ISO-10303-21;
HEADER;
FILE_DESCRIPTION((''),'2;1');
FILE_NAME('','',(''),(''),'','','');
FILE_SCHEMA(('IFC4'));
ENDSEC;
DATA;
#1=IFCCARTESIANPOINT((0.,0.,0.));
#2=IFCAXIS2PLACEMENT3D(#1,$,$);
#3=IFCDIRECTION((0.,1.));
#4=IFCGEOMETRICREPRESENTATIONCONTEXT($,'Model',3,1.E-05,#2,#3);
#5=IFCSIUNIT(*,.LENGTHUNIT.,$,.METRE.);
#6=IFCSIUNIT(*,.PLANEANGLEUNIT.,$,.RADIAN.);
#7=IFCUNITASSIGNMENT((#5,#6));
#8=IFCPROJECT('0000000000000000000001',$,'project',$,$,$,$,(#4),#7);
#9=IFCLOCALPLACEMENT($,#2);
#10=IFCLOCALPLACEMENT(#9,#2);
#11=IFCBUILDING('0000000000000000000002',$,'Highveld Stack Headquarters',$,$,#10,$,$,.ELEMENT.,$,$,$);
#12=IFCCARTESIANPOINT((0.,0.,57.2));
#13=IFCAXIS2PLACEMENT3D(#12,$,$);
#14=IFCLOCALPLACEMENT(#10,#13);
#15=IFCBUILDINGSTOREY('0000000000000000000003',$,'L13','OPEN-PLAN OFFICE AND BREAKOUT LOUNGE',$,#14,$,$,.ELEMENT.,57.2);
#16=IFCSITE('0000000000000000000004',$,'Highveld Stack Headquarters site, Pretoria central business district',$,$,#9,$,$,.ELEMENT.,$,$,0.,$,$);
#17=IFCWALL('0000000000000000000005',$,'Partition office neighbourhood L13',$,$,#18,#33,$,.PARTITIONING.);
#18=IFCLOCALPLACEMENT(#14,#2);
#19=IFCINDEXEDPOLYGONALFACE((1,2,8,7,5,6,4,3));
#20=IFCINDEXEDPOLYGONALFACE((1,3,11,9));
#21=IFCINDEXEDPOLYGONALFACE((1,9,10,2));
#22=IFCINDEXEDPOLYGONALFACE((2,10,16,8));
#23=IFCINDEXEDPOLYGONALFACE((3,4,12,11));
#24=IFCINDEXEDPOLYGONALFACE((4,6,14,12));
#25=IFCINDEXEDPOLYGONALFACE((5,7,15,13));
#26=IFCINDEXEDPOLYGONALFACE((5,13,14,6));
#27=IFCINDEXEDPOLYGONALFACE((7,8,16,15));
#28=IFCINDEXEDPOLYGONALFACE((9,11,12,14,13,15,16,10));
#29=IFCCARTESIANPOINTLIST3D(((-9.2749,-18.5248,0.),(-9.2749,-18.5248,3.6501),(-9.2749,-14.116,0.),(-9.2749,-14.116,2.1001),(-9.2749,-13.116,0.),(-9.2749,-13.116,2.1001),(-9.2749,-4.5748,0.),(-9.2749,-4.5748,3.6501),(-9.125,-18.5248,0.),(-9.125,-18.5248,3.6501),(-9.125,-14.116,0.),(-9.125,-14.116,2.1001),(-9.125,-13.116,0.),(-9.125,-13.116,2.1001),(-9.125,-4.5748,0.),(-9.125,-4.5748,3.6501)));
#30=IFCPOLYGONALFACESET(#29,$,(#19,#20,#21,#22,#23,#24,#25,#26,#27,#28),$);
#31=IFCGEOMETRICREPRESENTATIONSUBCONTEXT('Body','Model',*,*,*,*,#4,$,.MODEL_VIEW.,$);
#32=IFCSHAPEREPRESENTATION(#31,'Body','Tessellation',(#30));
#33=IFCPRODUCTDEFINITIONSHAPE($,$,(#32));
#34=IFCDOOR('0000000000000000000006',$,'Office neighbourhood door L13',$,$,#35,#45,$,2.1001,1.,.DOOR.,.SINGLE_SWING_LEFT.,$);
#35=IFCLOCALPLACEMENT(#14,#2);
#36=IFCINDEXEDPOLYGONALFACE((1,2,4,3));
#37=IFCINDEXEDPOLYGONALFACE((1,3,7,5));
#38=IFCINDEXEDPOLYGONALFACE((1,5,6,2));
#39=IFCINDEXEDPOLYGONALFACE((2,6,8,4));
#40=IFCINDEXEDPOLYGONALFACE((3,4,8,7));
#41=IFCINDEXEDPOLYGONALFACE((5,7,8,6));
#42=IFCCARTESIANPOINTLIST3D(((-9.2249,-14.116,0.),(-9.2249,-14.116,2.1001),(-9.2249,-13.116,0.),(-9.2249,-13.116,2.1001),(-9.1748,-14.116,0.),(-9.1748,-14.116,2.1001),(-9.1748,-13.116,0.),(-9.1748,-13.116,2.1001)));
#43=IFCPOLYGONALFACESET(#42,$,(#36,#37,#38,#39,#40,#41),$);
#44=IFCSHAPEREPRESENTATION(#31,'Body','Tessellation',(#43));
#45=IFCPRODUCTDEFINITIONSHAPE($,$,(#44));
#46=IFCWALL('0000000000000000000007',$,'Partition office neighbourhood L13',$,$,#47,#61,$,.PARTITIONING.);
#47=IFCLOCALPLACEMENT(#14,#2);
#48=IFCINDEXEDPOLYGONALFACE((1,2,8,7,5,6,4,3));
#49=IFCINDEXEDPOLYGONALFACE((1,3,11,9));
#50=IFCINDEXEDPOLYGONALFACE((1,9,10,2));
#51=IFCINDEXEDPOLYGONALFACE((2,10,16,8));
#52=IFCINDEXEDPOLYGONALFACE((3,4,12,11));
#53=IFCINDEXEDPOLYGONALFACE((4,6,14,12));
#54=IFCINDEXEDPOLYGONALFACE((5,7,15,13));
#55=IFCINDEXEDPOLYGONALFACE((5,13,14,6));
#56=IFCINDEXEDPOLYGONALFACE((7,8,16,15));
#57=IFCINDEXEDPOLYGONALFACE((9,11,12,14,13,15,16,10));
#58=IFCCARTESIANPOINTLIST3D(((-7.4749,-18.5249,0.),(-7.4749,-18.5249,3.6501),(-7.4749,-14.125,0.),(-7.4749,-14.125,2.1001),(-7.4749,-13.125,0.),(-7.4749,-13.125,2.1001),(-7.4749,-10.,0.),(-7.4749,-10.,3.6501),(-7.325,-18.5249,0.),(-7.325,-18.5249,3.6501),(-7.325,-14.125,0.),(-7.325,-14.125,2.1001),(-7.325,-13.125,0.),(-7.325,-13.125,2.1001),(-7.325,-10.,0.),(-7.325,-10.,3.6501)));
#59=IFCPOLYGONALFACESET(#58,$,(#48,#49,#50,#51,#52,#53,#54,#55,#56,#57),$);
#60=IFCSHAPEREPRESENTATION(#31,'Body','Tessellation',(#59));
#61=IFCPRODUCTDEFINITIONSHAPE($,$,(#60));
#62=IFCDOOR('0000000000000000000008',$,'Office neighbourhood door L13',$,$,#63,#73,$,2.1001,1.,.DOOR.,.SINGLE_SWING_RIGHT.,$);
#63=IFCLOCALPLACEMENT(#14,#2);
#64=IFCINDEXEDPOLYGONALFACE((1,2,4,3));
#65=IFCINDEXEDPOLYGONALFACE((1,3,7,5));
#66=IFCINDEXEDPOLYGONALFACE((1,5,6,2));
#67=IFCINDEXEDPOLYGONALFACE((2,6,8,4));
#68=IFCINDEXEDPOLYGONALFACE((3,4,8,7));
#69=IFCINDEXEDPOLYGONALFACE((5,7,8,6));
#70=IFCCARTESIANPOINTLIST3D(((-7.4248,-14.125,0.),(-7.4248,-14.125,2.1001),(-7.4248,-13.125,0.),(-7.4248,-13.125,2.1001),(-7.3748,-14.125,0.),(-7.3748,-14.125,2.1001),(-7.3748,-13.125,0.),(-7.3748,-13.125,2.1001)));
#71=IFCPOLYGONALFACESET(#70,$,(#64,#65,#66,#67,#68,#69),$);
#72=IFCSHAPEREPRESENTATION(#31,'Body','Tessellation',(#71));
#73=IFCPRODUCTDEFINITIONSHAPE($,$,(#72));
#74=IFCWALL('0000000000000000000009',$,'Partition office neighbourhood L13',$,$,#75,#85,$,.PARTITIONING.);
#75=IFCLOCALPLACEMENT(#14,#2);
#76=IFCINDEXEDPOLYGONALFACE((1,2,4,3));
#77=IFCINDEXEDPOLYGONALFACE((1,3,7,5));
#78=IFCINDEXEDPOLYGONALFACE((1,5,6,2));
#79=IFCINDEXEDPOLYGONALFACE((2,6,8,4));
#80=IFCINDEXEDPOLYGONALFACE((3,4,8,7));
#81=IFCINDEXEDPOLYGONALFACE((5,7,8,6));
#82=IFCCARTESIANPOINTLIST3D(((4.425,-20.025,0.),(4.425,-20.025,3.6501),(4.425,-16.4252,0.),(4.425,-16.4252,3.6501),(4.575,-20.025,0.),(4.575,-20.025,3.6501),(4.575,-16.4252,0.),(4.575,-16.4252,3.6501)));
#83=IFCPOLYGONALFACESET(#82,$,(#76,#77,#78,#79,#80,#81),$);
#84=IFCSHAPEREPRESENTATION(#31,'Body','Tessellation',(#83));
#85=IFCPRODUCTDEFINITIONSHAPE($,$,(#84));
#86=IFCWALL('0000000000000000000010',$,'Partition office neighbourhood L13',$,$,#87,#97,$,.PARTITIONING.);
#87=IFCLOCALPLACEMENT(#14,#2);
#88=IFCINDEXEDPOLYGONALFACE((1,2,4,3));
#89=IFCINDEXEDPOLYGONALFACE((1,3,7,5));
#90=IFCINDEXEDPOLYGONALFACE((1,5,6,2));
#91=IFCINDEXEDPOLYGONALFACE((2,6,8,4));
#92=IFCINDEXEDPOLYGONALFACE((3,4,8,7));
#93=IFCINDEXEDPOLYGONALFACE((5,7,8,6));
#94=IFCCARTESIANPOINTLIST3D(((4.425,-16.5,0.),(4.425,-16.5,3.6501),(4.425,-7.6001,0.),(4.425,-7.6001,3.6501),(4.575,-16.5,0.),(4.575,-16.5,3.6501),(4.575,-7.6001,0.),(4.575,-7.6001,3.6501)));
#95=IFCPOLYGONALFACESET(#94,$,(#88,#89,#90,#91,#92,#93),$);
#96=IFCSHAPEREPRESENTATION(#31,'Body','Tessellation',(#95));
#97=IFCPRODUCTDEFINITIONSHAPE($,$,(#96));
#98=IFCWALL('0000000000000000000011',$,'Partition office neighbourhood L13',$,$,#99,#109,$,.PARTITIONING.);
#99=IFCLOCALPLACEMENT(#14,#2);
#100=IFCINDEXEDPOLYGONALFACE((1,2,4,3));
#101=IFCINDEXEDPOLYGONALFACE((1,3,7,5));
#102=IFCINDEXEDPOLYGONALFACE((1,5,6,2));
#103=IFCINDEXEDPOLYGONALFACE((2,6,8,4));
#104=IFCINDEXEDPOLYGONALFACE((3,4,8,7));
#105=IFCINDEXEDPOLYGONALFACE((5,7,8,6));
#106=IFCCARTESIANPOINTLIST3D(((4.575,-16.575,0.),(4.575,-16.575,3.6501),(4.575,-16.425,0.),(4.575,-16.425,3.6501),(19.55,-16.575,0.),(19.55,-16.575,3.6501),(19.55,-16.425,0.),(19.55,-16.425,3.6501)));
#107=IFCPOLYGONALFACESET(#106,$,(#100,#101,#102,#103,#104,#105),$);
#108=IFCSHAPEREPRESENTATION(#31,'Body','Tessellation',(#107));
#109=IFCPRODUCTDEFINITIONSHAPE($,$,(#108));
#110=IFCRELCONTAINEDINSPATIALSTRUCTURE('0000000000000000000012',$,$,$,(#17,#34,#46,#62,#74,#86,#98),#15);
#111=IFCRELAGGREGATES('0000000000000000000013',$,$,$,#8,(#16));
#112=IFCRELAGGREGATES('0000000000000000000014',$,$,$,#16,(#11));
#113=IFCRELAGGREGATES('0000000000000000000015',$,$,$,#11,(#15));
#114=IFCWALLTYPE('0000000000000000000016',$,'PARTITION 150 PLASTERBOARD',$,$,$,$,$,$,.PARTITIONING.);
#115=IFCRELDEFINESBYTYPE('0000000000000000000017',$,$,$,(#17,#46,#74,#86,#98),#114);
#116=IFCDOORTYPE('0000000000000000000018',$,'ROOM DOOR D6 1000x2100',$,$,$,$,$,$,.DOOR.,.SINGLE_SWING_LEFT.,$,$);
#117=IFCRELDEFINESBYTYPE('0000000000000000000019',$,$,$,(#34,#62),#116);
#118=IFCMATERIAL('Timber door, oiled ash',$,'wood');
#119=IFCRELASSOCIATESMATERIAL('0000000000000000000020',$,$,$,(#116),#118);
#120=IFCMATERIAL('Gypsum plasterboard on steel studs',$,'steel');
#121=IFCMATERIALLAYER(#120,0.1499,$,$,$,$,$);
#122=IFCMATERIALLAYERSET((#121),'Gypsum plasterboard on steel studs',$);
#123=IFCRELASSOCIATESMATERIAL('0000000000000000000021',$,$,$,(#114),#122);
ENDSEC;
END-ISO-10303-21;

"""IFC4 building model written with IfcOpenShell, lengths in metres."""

from ifc_helpers import new_model, si_unit, direction, frame, frame_2d, origin, place, context, subcontext, project, spatial, rectangle, extrude, material, layer, layer_set, type_object, element, fill, save


model = new_model("IFC4")

# Units and contexts
model_context = context("Model", 3, precision=1e-05, world=origin(), true_north=direction((0.0, 1.0)))
body_context = subcontext(model_context, "Body", "Model", "MODEL_VIEW")
ifc_project = project(units=[si_unit("LENGTHUNIT", "METRE"), si_unit("PLANEANGLEUNIT", "RADIAN")], contexts=[model_context])

# Site, building, storey
site_placement = place(None, origin())
site = spatial("IfcSite", under=ifc_project, at=site_placement, Name="Highveld Stack Headquarters site, Pretoria central business district", CompositionType="ELEMENT", RefElevation=0.0)
building_placement = place(site_placement, origin())
building = spatial("IfcBuilding", under=site, at=building_placement, Name="Highveld Stack Headquarters", CompositionType="ELEMENT")
storey_placement = place(building_placement, frame((0.0, 0.0, 57.2)))
storey = spatial("IfcBuildingStorey", under=building, at=storey_placement, Name="L13", Description="OPEN-PLAN OFFICE AND BREAKOUT LOUNGE", CompositionType="ELEMENT", Elevation=57.2)

# Shared definitions
ifc_material_1 = material(Name="Timber door, oiled ash", Category="wood")
door_type = type_object("IfcDoorType", Name="ROOM DOOR D6 1000x2100", OperationType="SINGLE_SWING_LEFT", PredefinedType="DOOR", material=ifc_material_1)
ifc_material_2 = material(Name="Gypsum plasterboard on steel studs", Category="steel")
ifc_layer_1 = layer(ifc_material_2, 0.1499)
ifc_layer_set_1 = layer_set([ifc_layer_1], Name="Gypsum plasterboard on steel studs")
wall_type_1 = type_object("IfcWallType", Name="PARTITION 150 PLASTERBOARD", PredefinedType="PARTITIONING", material=ifc_layer_set_1)

# Walls, openings, doors
wall_1_placement = place(storey_placement, frame((-9.2, -18.5249, 0.0), z_axis=(0.0, 0.0, 1.0), x_axis=(0.0, 1.0, 0.0)))
wall_1 = element("IfcWall", 1, at=wall_1_placement, inside=storey, type_object=wall_type_1, Name="Partition office neighbourhood L13", PredefinedType="PARTITIONING", context=body_context, shape_type="SweptSolid", body=[
    extrude(rectangle(XDim=13.95, YDim=0.1499, at=frame_2d((6.9751, 0.0))), origin(), (0.0, 0.0, 1.0), 3.6501),
])
opening_1_placement = place(wall_1_placement, frame((4.4089, 0.0, 0.0)))
opening_1 = element("IfcOpeningElement", 2, at=opening_1_placement, cuts=wall_1, PredefinedType="OPENING", context=body_context, shape_type="SweptSolid", body=[
    extrude(rectangle(XDim=1.0, YDim=2.1001, at=frame_2d((0.5, 1.05))), frame((0.0, 0.085, 0.0), z_axis=(0.0, -1.0, 0.0), x_axis=(1.0, 0.0, 0.0)), (0.0, 0.0, 1.0), 0.1699),
])
door_1_placement = place(opening_1_placement, origin())
door_1 = element("IfcDoor", 3, at=door_1_placement, inside=storey, type_object=door_type, Name="Office neighbourhood door L13", OperationType="SINGLE_SWING_LEFT", OverallHeight=2.1001, OverallWidth=1.0, PredefinedType="DOOR", context=body_context, shape_type="SweptSolid", body=[
    extrude(rectangle(XDim=1.0, YDim=2.1001, at=frame_2d((0.5, 1.05))), frame((0.0, 0.0249, 0.0), z_axis=(0.0, -1.0, 0.0), x_axis=(1.0, 0.0, 0.0)), (0.0, 0.0, 1.0), 0.05),
])
fill(opening_1, door_1)
wall_2_placement = place(storey_placement, frame((-7.3999, -18.5249, 0.0), z_axis=(0.0, 0.0, 1.0), x_axis=(0.0, 1.0, 0.0)))
wall_2 = element("IfcWall", 4, at=wall_2_placement, inside=storey, type_object=wall_type_1, Name="Partition office neighbourhood L13", PredefinedType="PARTITIONING", context=body_context, shape_type="SweptSolid", body=[
    extrude(rectangle(XDim=8.5249, YDim=0.1499, at=frame_2d((4.2625, 0.0))), origin(), (0.0, 0.0, 1.0), 3.6501),
])
opening_2_placement = place(wall_2_placement, frame((4.3999, 0.0, 0.0)))
opening_2 = element("IfcOpeningElement", 5, at=opening_2_placement, cuts=wall_2, PredefinedType="OPENING", context=body_context, shape_type="SweptSolid", body=[
    extrude(rectangle(XDim=1.0, YDim=2.1001, at=frame_2d((0.5, 1.05))), frame((0.0, 0.085, 0.0), z_axis=(0.0, -1.0, 0.0), x_axis=(1.0, 0.0, 0.0)), (0.0, 0.0, 1.0), 0.1699),
])
door_2_placement = place(opening_2_placement, origin())
door_2 = element("IfcDoor", 6, at=door_2_placement, inside=storey, type_object=door_type, Name="Office neighbourhood door L13", OperationType="SINGLE_SWING_RIGHT", OverallHeight=2.1001, OverallWidth=1.0, PredefinedType="DOOR", context=body_context, shape_type="SweptSolid", body=[
    extrude(rectangle(XDim=1.0, YDim=2.1001, at=frame_2d((0.5, 1.05))), frame((0.0, 0.0249, 0.0), z_axis=(0.0, -1.0, 0.0), x_axis=(1.0, 0.0, 0.0)), (0.0, 0.0, 1.0), 0.05),
])
fill(opening_2, door_2)

# Walls
wall_3_placement = place(storey_placement, frame((4.5, -20.0249, 0.0), z_axis=(0.0, 0.0, 1.0), x_axis=(0.0, 1.0, 0.0)))
element("IfcWall", 7, at=wall_3_placement, inside=storey, type_object=wall_type_1, Name="Partition office neighbourhood L13", PredefinedType="PARTITIONING", context=body_context, shape_type="SweptSolid", body=[
    extrude(rectangle(XDim=3.5999, YDim=0.1499, at=frame_2d((1.7998, 0.0))), origin(), (0.0, 0.0, 1.0), 3.6501),
])
wall_4_placement = place(storey_placement, frame((4.5, -16.5, 0.0), z_axis=(0.0, 0.0, 1.0), x_axis=(0.0, 1.0, 0.0)))
element("IfcWall", 8, at=wall_4_placement, inside=storey, type_object=wall_type_1, Name="Partition office neighbourhood L13", PredefinedType="PARTITIONING", context=body_context, shape_type="SweptSolid", body=[
    extrude(rectangle(XDim=8.8999, YDim=0.1499, at=frame_2d((4.45, 0.0))), origin(), (0.0, 0.0, 1.0), 3.6501),
])
wall_5_placement = place(storey_placement, frame((4.575, -16.5, 0.0), z_axis=(0.0, 0.0, 1.0), x_axis=(1.0, 0.0, 0.0)))
element("IfcWall", 9, at=wall_5_placement, inside=storey, type_object=wall_type_1, Name="Partition office neighbourhood L13", PredefinedType="PARTITIONING", context=body_context, shape_type="SweptSolid", body=[
    extrude(rectangle(XDim=14.9751, YDim=0.1499, at=frame_2d((7.4875, 0.0))), origin(), (0.0, 0.0, 1.0), 3.6501),
])

save(model, "model.ifc")
